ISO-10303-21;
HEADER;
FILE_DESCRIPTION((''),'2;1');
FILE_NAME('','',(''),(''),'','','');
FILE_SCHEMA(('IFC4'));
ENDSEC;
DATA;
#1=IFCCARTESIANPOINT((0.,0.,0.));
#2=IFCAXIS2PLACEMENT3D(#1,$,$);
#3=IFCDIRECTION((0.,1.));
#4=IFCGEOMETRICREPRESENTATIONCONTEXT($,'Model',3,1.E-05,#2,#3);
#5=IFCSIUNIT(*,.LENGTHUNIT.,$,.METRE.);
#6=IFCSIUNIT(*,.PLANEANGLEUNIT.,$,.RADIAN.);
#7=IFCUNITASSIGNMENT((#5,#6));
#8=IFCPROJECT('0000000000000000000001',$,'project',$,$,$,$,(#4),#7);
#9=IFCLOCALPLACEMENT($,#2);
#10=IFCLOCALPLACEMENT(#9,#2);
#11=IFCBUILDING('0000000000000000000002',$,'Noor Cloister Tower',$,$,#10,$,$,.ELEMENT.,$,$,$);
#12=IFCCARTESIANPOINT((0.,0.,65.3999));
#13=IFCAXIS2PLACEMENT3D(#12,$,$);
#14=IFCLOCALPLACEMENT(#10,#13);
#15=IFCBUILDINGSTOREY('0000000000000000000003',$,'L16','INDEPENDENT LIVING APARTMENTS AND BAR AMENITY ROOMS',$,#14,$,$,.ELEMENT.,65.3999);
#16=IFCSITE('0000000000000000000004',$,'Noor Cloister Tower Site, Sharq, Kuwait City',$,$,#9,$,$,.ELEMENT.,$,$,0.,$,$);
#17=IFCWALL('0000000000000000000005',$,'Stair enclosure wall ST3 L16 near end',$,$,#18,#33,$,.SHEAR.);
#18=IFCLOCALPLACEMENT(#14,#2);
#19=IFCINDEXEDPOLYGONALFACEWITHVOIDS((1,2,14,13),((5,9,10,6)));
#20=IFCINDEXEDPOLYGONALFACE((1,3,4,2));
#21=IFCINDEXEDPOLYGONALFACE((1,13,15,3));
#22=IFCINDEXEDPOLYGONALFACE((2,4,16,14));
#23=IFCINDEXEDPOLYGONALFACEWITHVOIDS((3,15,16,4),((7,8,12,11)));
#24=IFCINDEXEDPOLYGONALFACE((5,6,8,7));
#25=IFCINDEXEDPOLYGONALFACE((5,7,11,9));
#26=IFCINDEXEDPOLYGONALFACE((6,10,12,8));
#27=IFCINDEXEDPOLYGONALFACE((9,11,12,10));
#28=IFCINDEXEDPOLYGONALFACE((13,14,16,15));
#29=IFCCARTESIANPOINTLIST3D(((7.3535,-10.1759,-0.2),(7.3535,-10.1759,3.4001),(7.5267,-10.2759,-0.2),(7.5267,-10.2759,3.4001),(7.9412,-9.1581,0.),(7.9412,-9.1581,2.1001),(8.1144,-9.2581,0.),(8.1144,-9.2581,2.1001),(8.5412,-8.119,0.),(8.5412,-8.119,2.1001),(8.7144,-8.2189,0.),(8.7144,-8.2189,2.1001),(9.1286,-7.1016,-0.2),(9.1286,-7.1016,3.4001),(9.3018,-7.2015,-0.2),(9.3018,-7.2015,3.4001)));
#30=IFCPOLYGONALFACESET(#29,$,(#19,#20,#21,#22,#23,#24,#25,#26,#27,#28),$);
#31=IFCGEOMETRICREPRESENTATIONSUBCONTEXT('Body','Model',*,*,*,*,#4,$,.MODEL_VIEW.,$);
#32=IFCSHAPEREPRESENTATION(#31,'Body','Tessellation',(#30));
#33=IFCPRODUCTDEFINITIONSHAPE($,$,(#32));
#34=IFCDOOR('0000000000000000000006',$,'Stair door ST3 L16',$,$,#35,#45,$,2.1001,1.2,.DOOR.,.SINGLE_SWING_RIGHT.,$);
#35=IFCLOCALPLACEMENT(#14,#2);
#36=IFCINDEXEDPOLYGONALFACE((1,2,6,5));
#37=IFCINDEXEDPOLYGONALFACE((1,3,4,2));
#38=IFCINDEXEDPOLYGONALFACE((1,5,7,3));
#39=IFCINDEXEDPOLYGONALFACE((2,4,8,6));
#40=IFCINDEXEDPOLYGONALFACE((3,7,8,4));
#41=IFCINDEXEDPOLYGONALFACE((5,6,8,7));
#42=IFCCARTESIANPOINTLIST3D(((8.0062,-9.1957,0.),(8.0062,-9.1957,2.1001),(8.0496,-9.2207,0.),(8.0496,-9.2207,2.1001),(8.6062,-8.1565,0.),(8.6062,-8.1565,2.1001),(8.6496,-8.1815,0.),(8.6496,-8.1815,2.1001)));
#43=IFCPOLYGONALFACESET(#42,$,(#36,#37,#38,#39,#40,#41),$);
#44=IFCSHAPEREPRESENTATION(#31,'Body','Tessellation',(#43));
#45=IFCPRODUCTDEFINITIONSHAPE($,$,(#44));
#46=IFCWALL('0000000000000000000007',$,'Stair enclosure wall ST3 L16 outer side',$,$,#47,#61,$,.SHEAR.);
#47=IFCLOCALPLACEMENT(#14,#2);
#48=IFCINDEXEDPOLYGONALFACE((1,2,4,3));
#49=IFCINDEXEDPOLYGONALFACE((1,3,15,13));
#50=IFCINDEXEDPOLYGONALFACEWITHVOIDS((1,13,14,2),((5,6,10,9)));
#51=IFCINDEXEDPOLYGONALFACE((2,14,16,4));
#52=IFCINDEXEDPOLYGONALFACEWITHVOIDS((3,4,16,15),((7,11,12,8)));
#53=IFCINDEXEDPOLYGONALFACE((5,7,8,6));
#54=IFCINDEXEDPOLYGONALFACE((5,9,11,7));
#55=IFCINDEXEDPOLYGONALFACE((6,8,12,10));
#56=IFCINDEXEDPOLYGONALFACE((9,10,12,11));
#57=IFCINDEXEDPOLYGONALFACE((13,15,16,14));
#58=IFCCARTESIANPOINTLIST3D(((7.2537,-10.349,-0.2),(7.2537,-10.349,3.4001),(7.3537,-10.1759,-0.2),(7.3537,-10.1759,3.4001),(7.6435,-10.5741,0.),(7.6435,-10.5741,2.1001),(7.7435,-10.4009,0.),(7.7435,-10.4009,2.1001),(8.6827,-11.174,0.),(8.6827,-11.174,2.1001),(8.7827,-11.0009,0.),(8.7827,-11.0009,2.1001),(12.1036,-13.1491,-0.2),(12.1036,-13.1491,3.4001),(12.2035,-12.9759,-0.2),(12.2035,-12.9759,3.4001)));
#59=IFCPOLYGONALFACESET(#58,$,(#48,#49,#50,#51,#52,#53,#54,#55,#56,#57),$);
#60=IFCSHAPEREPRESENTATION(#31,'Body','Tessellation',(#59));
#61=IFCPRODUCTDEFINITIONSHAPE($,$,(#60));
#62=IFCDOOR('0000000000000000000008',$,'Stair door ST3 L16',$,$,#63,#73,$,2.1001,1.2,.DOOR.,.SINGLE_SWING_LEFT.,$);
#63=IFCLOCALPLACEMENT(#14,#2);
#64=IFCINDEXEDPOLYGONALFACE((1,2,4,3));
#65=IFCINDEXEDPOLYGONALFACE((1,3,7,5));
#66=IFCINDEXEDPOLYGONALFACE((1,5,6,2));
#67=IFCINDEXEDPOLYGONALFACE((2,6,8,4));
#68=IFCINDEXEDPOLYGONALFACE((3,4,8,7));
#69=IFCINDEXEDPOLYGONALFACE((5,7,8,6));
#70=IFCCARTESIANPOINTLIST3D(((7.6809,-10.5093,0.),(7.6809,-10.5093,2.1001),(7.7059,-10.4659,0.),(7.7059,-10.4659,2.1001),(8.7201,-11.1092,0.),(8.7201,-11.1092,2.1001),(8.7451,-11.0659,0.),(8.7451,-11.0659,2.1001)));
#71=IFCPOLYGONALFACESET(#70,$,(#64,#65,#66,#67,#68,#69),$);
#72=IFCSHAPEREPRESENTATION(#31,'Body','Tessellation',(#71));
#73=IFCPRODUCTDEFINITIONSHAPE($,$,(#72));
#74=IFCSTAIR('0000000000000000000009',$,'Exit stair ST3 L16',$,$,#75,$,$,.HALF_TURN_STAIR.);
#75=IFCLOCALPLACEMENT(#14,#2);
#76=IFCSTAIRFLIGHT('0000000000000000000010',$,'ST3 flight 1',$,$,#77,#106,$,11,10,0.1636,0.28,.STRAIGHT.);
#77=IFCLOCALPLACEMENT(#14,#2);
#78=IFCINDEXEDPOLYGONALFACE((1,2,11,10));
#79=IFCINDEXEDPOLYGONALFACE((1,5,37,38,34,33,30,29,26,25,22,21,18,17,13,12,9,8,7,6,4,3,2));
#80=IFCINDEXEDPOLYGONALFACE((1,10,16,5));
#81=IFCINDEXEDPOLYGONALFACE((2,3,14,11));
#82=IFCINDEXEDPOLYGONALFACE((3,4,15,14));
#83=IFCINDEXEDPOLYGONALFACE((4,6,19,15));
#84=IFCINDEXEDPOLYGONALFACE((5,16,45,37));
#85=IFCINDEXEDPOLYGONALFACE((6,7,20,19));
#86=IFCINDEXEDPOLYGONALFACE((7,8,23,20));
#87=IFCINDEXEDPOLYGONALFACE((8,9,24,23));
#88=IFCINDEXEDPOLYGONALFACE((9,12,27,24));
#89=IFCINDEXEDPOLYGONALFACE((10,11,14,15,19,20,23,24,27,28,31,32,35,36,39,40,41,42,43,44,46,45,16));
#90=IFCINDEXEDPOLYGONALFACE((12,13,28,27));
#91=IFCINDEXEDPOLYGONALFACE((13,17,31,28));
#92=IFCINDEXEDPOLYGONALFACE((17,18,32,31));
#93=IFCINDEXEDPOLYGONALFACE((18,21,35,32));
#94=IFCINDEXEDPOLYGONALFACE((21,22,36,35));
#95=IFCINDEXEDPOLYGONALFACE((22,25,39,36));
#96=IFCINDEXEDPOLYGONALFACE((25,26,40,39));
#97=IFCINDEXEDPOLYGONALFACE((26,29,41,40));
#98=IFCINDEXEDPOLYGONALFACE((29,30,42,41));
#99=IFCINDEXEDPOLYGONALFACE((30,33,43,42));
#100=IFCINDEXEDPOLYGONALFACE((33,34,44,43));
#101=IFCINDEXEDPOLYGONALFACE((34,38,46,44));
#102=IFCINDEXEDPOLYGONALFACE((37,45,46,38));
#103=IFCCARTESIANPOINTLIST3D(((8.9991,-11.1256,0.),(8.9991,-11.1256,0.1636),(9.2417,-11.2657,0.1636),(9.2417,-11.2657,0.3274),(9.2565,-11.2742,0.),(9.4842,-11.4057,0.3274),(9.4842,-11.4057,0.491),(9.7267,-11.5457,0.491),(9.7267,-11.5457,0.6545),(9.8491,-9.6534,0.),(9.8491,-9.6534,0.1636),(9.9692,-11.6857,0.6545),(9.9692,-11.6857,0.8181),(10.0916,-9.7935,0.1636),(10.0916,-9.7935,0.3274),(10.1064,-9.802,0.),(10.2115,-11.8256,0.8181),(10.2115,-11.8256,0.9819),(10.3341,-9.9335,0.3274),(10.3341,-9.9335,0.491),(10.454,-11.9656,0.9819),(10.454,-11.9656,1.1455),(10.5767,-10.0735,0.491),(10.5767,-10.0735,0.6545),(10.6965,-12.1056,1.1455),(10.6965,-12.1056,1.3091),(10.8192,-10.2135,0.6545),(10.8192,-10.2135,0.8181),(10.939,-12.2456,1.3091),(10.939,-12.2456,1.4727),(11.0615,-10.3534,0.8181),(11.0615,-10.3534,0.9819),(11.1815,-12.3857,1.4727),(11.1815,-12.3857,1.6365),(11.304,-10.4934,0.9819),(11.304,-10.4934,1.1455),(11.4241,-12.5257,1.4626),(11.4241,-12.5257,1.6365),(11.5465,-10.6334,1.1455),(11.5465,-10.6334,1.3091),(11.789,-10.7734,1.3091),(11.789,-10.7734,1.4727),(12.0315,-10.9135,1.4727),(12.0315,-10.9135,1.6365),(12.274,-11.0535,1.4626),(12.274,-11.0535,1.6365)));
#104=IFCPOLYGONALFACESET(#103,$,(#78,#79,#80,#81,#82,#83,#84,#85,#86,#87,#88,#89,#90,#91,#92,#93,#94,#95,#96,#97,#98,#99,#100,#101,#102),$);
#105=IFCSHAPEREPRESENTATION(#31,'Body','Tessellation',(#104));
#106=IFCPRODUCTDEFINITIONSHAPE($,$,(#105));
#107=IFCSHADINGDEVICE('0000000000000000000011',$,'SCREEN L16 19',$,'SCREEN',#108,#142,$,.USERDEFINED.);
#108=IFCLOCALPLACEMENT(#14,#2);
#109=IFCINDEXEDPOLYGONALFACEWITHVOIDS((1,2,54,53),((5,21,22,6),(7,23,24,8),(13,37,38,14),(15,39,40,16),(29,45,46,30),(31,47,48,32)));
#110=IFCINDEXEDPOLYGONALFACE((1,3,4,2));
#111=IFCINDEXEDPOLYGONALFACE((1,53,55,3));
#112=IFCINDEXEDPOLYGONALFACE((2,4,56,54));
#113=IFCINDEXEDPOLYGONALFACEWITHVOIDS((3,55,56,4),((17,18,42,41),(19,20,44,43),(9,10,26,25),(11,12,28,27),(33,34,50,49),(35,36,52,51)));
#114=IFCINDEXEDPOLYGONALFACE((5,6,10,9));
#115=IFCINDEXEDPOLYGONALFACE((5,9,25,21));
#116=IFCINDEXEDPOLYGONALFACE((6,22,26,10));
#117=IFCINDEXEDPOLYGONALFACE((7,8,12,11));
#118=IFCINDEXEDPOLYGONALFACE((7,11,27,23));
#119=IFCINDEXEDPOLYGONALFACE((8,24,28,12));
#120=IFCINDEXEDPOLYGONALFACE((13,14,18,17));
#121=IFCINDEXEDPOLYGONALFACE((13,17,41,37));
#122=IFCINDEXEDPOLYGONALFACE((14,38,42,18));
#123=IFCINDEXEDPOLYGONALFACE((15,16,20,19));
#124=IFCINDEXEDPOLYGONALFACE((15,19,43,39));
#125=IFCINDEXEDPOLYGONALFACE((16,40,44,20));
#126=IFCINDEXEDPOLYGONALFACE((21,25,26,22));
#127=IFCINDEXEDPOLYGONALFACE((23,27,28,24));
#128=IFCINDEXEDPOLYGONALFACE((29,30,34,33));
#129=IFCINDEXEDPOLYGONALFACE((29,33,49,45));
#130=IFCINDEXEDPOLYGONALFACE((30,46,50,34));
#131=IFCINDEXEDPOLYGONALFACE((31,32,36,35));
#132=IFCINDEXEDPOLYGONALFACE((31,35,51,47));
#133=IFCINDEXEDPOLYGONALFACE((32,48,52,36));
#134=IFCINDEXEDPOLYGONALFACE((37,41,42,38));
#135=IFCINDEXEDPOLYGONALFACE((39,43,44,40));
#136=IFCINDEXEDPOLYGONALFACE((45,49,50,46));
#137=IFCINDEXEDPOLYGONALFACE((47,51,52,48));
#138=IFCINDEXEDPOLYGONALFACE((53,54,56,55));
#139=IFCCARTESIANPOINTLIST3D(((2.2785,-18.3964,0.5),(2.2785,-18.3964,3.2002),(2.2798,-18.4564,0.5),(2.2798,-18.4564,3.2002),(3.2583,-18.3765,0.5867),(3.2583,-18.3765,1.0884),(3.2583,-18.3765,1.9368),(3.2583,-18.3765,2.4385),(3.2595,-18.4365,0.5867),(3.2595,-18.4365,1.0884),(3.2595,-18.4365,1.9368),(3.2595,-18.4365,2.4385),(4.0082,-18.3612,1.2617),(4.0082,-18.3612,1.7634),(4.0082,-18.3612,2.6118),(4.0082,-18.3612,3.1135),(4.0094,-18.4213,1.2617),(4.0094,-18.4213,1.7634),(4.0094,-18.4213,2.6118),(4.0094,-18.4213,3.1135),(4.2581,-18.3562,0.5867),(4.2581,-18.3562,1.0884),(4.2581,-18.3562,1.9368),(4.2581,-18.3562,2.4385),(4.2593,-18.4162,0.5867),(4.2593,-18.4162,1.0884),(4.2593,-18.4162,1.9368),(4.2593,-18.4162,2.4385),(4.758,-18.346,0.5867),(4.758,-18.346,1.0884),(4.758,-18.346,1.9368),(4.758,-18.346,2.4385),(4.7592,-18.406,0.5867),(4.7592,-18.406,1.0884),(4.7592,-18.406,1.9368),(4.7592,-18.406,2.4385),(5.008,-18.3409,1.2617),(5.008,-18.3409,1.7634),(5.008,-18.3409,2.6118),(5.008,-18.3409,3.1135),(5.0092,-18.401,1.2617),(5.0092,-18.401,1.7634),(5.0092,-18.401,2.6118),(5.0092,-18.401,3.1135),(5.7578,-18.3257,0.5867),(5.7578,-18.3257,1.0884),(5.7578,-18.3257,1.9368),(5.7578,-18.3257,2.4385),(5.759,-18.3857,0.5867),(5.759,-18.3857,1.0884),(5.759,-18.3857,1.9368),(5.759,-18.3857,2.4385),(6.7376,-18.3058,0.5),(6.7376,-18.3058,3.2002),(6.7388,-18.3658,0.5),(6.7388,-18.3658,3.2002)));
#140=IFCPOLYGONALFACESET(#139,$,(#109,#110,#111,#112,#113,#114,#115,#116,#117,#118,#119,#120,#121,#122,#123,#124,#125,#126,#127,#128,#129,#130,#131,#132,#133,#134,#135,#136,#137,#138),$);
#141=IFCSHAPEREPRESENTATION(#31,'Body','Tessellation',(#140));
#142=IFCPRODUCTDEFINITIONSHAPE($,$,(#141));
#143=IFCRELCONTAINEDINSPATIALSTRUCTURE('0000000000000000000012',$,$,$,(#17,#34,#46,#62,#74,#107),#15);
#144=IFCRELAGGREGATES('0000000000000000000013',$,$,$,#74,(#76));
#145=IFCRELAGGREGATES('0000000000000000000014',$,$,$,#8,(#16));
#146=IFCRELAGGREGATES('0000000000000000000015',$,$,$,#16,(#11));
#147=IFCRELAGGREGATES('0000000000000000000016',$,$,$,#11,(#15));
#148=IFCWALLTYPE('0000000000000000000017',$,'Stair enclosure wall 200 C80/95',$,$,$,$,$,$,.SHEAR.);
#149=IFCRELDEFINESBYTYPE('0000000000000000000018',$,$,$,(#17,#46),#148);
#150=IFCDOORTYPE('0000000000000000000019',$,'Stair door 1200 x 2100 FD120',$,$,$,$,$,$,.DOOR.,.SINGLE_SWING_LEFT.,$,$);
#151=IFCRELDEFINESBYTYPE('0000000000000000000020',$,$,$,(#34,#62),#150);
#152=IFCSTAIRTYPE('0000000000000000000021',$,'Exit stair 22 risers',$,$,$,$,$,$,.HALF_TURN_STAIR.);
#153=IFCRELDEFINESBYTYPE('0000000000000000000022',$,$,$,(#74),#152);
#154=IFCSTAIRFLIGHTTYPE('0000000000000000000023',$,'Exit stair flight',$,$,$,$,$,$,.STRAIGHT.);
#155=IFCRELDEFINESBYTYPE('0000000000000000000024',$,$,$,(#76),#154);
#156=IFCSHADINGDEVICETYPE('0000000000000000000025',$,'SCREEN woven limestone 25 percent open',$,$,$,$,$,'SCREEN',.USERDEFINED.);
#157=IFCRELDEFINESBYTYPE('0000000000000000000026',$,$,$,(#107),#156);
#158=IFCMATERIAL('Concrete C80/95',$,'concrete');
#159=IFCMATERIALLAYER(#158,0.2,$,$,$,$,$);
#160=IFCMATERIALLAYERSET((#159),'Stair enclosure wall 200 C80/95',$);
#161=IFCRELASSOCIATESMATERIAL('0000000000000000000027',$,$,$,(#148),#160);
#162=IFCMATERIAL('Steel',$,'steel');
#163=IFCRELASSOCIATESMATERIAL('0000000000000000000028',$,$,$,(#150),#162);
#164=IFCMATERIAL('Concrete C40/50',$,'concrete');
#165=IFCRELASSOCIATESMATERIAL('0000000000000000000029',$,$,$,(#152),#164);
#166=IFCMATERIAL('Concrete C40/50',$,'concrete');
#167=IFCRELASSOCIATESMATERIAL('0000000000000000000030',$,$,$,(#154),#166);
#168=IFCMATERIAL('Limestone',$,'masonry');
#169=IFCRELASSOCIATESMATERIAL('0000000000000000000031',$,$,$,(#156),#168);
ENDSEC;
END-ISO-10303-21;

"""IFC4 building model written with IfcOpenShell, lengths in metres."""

from ifc_helpers import new_model, si_unit, direction, frame, frame_2d, origin, place, context, subcontext, project, spatial, polyline, rectangle, outline, extrude, material, layer, layer_set, material_profile, profile_set, type_object, element, fill, aggregate, save


model = new_model("IFC4")

# Units and contexts
model_context = context("Model", 3, precision=1e-05, world=origin(), true_north=direction((0.0, 1.0)))
body_context = subcontext(model_context, "Body", "Model", "MODEL_VIEW")
ifc_project = project(units=[si_unit("LENGTHUNIT", "METRE"), si_unit("PLANEANGLEUNIT", "RADIAN")], contexts=[model_context])

# Site, building, storey
site_placement = place(None, origin())
site = spatial("IfcSite", under=ifc_project, at=site_placement, Name="Noor Cloister Tower Site, Sharq, Kuwait City", CompositionType="ELEMENT", RefElevation=0.0)
building_placement = place(site_placement, origin())
building = spatial("IfcBuilding", under=site, at=building_placement, Name="Noor Cloister Tower", CompositionType="ELEMENT")
storey_placement = place(building_placement, frame((0.0, 0.0, 65.3999)))
storey = spatial("IfcBuildingStorey", under=building, at=storey_placement, Name="L16", Description="INDEPENDENT LIVING APARTMENTS AND BAR AMENITY ROOMS", CompositionType="ELEMENT", Elevation=65.3999)

# Walls, openings, doors
ifc_material_1 = material(Name="Concrete C80/95", Category="concrete")
ifc_layer_1 = layer(ifc_material_1, 0.2)
ifc_layer_set_1 = layer_set([ifc_layer_1], Name="Stair enclosure wall 200 C80/95")
wall_type_1 = type_object("IfcWallType", Name="Stair enclosure wall 200 C80/95", PredefinedType="SHEAR", material=ifc_layer_set_1)
wall_1_placement = place(storey_placement, frame((7.4402, -10.2258, -0.2), z_axis=(0.0, 0.0, 1.0), x_axis=(0.500022, 0.866013, 0.0)))
wall_1 = element("IfcWall", 1, at=wall_1_placement, inside=storey, type_object=wall_type_1, Name="Stair enclosure wall ST3 L16 near end", PredefinedType="SHEAR", context=body_context, shape_type="SweptSolid", body=[
    extrude(rectangle(XDim=3.55, YDim=0.2, at=frame_2d((1.7749, 0.0))), origin(), (0.0, 0.0, 1.0), 3.6001),
])
opening_1_placement = place(wall_1_placement, frame((1.175, 0.0, 0.2)))
opening_1 = element("IfcOpeningElement", 2, at=opening_1_placement, cuts=wall_1, PredefinedType="OPENING", context=body_context, shape_type="SweptSolid", body=[
    extrude(rectangle(XDim=1.2, YDim=2.1001, at=frame_2d((0.6001, 1.05))), frame((0.0, 0.1099, 0.0), z_axis=(0.0, -1.0, 0.0), x_axis=(1.0, 0.0, 0.0)), (0.0, 0.0, 1.0), 0.22),
])
ifc_material_2 = material(Name="Steel", Category="steel")
door_type_1 = type_object("IfcDoorType", Name="Stair door 1200 x 2100 FD120", OperationType="SINGLE_SWING_LEFT", PredefinedType="DOOR", material=ifc_material_2)
door_1_placement = place(opening_1_placement, origin())
door_1 = element("IfcDoor", 3, at=door_1_placement, inside=storey, type_object=door_type_1, Name="Stair door ST3 L16", OperationType="SINGLE_SWING_RIGHT", OverallHeight=2.1001, OverallWidth=1.2, PredefinedType="DOOR", context=body_context, shape_type="SweptSolid", body=[
    extrude(rectangle(XDim=1.2, YDim=2.1001, at=frame_2d((0.6001, 1.05))), frame((0.0, 0.0249, 0.0), z_axis=(0.0, -1.0, 0.0), x_axis=(1.0, 0.0, 0.0)), (0.0, 0.0, 1.0), 0.05),
])
fill(opening_1, door_1)
wall_2_placement = place(storey_placement, frame((7.3037, -10.2625, -0.2), z_axis=(0.0, 0.0, 1.0), x_axis=(0.866027, -0.499998, 0.0)))
wall_2 = element("IfcWall", 4, at=wall_2_placement, inside=storey, type_object=wall_type_1, Name="Stair enclosure wall ST3 L16 outer side", PredefinedType="SHEAR", context=body_context, shape_type="SweptSolid", body=[
    extrude(rectangle(XDim=5.6001, YDim=0.2, at=frame_2d((2.8, 0.0))), origin(), (0.0, 0.0, 1.0), 3.6001),
])
opening_2_placement = place(wall_2_placement, frame((0.45, 0.0, 0.2)))
opening_2 = element("IfcOpeningElement", 5, at=opening_2_placement, cuts=wall_2, PredefinedType="OPENING", context=body_context, shape_type="SweptSolid", body=[
    extrude(rectangle(XDim=1.2, YDim=2.1001, at=frame_2d((0.6001, 1.05))), frame((0.0, 0.1099, 0.0), z_axis=(0.0, -1.0, 0.0), x_axis=(1.0, 0.0, 0.0)), (0.0, 0.0, 1.0), 0.22),
])
door_2_placement = place(opening_2_placement, origin())
door_2 = element("IfcDoor", 6, at=door_2_placement, inside=storey, type_object=door_type_1, Name="Stair door ST3 L16", OperationType="SINGLE_SWING_LEFT", OverallHeight=2.1001, OverallWidth=1.2, PredefinedType="DOOR", context=body_context, shape_type="SweptSolid", body=[
    extrude(rectangle(XDim=1.2, YDim=2.1001, at=frame_2d((0.6001, 1.05))), frame((0.0, 0.0249, 0.0), z_axis=(0.0, -1.0, 0.0), x_axis=(1.0, 0.0, 0.0)), (0.0, 0.0, 1.0), 0.05),
])
fill(opening_2, door_2)

# Stair, stair flight
ifc_material_3 = material(Name="Concrete C40/50", Category="concrete")
stair_type = type_object("IfcStairType", Name="Exit stair 22 risers", PredefinedType="HALF_TURN_STAIR", material=ifc_material_3)
stair_placement = place(storey_placement, origin())
stair = element("IfcStair", 7, at=stair_placement, inside=storey, type_object=stair_type, Name="Exit stair ST3 L16", PredefinedType="HALF_TURN_STAIR")
ifc_material_4 = material(Name="Concrete C40/50", Category="concrete")
stair_flight_type = type_object("IfcStairFlightType", Name="Exit stair flight", PredefinedType="STRAIGHT", material=ifc_material_4)
stair_flight_placement = place(storey_placement, frame((9.4241, -10.3896, 0.0), z_axis=(0.0, 0.0, 1.0), x_axis=(0.866025, -0.5, 0.0)))
stair_flight = element("IfcStairFlight", 8, at=stair_flight_placement, type_object=stair_flight_type, Name="ST3 flight 1", NumberOfRisers=11, NumberOfTreads=10, PredefinedType="STRAIGHT", RiserHeight=0.1636, TreadLength=0.28, context=body_context, shape_type="SweptSolid", body=[
    extrude(outline(polyline([(0.0, 0.0), (0.0, 0.1636), (0.28, 0.1636), (0.28, 0.3274), (0.5601, 0.3274), (0.5601, 0.491), (0.8401, 0.491), (0.8401, 0.6545), (1.1201, 0.6545), (1.1201, 0.8181), (1.3999, 0.8181), (1.3999, 0.9819), (1.6799, 0.9819), (1.6799, 1.1455), (1.96, 1.1455), (1.96, 1.3091), (2.24, 1.3091), (2.24, 1.4727), (2.52, 1.4727), (2.52, 1.6365), (2.8, 1.6365), (2.8, 1.8), (2.8, 1.4626), (0.2971, 0.0), (0.0, 0.0)])), frame((0.0, 0.8501, 0.0), z_axis=(0.0, -1.0, 0.0), x_axis=(1.0, 0.0, 0.0)), (0.0, 0.0, 1.0), 1.7),
])
aggregate(stair, [stair_flight])

# Shading device
ifc_material_5 = material(Name="Limestone", Category="masonry")
ifc_material_profile_1 = material_profile(ifc_material_5, outline(polyline([(-2.23, -1.3501), (2.23, -1.3501), (2.23, 1.3501), (-2.23, 1.3501), (-2.23, -1.3501)]), holes=[polyline([(-1.25, -1.2634), (-0.25, -1.2634), (-0.25, -0.7617), (-1.25, -0.7617), (-1.25, -1.2634)]), polyline([(0.25, -1.2634), (1.25, -1.2634), (1.25, -0.7617), (0.25, -0.7617), (0.25, -1.2634)]), polyline([(-0.5, -0.5884), (0.5, -0.5884), (0.5, -0.0867), (-0.5, -0.0867), (-0.5, -0.5884)]), polyline([(-1.25, 0.0867), (-0.25, 0.0867), (-0.25, 0.5884), (-1.25, 0.5884), (-1.25, 0.0867)]), polyline([(0.25, 0.0867), (1.25, 0.0867), (1.25, 0.5884), (0.25, 0.5884), (0.25, 0.0867)]), polyline([(-0.5, 0.7617), (0.5, 0.7617), (0.5, 1.2634), (-0.5, 1.2634), (-0.5, 0.7617)])]), Name="Woven screen 25 percent open")
ifc_profile_set_1 = profile_set([ifc_material_profile_1], Name="Limestone")
shading_device_type_1 = type_object("IfcShadingDeviceType", Name="SCREEN woven limestone 25 percent open", ElementType="SCREEN", PredefinedType="USERDEFINED", material=ifc_profile_set_1)
for number, where, z_axis, x_axis, name in (
    (9, (4.5081, -18.3511, 1.8501), (0.020321, -0.999794, 0.0), (0.999794, 0.020321, 0.0), "SCREEN L16 19"),
):
    element("IfcShadingDevice", number, at=place(storey_placement, frame(where, z_axis=z_axis, x_axis=x_axis)), inside=storey, type_object=shading_device_type_1, Name=name, ObjectType="SCREEN", PredefinedType="USERDEFINED", context=body_context, shape_type="SweptSolid", body=[
        extrude(outline(polyline([(-2.23, -1.3501), (2.23, -1.3501), (2.23, 1.3501), (-2.23, 1.3501), (-2.23, -1.3501)]), holes=[polyline([(-1.25, -1.2634), (-0.25, -1.2634), (-0.25, -0.7617), (-1.25, -0.7617), (-1.25, -1.2634)]), polyline([(0.25, -1.2634), (1.25, -1.2634), (1.25, -0.7617), (0.25, -0.7617), (0.25, -1.2634)]), polyline([(-0.5, -0.5884), (0.5, -0.5884), (0.5, -0.0867), (-0.5, -0.0867), (-0.5, -0.5884)]), polyline([(-1.25, 0.0867), (-0.25, 0.0867), (-0.25, 0.5884), (-1.25, 0.5884), (-1.25, 0.0867)]), polyline([(0.25, 0.0867), (1.25, 0.0867), (1.25, 0.5884), (0.25, 0.5884), (0.25, 0.0867)]), polyline([(-0.5, 0.7617), (0.5, 0.7617), (0.5, 1.2634), (-0.5, 1.2634), (-0.5, 0.7617)])]), origin(), (0.0, 0.0, 1.0), 0.0601),
    ])

save(model, "model.ifc")
